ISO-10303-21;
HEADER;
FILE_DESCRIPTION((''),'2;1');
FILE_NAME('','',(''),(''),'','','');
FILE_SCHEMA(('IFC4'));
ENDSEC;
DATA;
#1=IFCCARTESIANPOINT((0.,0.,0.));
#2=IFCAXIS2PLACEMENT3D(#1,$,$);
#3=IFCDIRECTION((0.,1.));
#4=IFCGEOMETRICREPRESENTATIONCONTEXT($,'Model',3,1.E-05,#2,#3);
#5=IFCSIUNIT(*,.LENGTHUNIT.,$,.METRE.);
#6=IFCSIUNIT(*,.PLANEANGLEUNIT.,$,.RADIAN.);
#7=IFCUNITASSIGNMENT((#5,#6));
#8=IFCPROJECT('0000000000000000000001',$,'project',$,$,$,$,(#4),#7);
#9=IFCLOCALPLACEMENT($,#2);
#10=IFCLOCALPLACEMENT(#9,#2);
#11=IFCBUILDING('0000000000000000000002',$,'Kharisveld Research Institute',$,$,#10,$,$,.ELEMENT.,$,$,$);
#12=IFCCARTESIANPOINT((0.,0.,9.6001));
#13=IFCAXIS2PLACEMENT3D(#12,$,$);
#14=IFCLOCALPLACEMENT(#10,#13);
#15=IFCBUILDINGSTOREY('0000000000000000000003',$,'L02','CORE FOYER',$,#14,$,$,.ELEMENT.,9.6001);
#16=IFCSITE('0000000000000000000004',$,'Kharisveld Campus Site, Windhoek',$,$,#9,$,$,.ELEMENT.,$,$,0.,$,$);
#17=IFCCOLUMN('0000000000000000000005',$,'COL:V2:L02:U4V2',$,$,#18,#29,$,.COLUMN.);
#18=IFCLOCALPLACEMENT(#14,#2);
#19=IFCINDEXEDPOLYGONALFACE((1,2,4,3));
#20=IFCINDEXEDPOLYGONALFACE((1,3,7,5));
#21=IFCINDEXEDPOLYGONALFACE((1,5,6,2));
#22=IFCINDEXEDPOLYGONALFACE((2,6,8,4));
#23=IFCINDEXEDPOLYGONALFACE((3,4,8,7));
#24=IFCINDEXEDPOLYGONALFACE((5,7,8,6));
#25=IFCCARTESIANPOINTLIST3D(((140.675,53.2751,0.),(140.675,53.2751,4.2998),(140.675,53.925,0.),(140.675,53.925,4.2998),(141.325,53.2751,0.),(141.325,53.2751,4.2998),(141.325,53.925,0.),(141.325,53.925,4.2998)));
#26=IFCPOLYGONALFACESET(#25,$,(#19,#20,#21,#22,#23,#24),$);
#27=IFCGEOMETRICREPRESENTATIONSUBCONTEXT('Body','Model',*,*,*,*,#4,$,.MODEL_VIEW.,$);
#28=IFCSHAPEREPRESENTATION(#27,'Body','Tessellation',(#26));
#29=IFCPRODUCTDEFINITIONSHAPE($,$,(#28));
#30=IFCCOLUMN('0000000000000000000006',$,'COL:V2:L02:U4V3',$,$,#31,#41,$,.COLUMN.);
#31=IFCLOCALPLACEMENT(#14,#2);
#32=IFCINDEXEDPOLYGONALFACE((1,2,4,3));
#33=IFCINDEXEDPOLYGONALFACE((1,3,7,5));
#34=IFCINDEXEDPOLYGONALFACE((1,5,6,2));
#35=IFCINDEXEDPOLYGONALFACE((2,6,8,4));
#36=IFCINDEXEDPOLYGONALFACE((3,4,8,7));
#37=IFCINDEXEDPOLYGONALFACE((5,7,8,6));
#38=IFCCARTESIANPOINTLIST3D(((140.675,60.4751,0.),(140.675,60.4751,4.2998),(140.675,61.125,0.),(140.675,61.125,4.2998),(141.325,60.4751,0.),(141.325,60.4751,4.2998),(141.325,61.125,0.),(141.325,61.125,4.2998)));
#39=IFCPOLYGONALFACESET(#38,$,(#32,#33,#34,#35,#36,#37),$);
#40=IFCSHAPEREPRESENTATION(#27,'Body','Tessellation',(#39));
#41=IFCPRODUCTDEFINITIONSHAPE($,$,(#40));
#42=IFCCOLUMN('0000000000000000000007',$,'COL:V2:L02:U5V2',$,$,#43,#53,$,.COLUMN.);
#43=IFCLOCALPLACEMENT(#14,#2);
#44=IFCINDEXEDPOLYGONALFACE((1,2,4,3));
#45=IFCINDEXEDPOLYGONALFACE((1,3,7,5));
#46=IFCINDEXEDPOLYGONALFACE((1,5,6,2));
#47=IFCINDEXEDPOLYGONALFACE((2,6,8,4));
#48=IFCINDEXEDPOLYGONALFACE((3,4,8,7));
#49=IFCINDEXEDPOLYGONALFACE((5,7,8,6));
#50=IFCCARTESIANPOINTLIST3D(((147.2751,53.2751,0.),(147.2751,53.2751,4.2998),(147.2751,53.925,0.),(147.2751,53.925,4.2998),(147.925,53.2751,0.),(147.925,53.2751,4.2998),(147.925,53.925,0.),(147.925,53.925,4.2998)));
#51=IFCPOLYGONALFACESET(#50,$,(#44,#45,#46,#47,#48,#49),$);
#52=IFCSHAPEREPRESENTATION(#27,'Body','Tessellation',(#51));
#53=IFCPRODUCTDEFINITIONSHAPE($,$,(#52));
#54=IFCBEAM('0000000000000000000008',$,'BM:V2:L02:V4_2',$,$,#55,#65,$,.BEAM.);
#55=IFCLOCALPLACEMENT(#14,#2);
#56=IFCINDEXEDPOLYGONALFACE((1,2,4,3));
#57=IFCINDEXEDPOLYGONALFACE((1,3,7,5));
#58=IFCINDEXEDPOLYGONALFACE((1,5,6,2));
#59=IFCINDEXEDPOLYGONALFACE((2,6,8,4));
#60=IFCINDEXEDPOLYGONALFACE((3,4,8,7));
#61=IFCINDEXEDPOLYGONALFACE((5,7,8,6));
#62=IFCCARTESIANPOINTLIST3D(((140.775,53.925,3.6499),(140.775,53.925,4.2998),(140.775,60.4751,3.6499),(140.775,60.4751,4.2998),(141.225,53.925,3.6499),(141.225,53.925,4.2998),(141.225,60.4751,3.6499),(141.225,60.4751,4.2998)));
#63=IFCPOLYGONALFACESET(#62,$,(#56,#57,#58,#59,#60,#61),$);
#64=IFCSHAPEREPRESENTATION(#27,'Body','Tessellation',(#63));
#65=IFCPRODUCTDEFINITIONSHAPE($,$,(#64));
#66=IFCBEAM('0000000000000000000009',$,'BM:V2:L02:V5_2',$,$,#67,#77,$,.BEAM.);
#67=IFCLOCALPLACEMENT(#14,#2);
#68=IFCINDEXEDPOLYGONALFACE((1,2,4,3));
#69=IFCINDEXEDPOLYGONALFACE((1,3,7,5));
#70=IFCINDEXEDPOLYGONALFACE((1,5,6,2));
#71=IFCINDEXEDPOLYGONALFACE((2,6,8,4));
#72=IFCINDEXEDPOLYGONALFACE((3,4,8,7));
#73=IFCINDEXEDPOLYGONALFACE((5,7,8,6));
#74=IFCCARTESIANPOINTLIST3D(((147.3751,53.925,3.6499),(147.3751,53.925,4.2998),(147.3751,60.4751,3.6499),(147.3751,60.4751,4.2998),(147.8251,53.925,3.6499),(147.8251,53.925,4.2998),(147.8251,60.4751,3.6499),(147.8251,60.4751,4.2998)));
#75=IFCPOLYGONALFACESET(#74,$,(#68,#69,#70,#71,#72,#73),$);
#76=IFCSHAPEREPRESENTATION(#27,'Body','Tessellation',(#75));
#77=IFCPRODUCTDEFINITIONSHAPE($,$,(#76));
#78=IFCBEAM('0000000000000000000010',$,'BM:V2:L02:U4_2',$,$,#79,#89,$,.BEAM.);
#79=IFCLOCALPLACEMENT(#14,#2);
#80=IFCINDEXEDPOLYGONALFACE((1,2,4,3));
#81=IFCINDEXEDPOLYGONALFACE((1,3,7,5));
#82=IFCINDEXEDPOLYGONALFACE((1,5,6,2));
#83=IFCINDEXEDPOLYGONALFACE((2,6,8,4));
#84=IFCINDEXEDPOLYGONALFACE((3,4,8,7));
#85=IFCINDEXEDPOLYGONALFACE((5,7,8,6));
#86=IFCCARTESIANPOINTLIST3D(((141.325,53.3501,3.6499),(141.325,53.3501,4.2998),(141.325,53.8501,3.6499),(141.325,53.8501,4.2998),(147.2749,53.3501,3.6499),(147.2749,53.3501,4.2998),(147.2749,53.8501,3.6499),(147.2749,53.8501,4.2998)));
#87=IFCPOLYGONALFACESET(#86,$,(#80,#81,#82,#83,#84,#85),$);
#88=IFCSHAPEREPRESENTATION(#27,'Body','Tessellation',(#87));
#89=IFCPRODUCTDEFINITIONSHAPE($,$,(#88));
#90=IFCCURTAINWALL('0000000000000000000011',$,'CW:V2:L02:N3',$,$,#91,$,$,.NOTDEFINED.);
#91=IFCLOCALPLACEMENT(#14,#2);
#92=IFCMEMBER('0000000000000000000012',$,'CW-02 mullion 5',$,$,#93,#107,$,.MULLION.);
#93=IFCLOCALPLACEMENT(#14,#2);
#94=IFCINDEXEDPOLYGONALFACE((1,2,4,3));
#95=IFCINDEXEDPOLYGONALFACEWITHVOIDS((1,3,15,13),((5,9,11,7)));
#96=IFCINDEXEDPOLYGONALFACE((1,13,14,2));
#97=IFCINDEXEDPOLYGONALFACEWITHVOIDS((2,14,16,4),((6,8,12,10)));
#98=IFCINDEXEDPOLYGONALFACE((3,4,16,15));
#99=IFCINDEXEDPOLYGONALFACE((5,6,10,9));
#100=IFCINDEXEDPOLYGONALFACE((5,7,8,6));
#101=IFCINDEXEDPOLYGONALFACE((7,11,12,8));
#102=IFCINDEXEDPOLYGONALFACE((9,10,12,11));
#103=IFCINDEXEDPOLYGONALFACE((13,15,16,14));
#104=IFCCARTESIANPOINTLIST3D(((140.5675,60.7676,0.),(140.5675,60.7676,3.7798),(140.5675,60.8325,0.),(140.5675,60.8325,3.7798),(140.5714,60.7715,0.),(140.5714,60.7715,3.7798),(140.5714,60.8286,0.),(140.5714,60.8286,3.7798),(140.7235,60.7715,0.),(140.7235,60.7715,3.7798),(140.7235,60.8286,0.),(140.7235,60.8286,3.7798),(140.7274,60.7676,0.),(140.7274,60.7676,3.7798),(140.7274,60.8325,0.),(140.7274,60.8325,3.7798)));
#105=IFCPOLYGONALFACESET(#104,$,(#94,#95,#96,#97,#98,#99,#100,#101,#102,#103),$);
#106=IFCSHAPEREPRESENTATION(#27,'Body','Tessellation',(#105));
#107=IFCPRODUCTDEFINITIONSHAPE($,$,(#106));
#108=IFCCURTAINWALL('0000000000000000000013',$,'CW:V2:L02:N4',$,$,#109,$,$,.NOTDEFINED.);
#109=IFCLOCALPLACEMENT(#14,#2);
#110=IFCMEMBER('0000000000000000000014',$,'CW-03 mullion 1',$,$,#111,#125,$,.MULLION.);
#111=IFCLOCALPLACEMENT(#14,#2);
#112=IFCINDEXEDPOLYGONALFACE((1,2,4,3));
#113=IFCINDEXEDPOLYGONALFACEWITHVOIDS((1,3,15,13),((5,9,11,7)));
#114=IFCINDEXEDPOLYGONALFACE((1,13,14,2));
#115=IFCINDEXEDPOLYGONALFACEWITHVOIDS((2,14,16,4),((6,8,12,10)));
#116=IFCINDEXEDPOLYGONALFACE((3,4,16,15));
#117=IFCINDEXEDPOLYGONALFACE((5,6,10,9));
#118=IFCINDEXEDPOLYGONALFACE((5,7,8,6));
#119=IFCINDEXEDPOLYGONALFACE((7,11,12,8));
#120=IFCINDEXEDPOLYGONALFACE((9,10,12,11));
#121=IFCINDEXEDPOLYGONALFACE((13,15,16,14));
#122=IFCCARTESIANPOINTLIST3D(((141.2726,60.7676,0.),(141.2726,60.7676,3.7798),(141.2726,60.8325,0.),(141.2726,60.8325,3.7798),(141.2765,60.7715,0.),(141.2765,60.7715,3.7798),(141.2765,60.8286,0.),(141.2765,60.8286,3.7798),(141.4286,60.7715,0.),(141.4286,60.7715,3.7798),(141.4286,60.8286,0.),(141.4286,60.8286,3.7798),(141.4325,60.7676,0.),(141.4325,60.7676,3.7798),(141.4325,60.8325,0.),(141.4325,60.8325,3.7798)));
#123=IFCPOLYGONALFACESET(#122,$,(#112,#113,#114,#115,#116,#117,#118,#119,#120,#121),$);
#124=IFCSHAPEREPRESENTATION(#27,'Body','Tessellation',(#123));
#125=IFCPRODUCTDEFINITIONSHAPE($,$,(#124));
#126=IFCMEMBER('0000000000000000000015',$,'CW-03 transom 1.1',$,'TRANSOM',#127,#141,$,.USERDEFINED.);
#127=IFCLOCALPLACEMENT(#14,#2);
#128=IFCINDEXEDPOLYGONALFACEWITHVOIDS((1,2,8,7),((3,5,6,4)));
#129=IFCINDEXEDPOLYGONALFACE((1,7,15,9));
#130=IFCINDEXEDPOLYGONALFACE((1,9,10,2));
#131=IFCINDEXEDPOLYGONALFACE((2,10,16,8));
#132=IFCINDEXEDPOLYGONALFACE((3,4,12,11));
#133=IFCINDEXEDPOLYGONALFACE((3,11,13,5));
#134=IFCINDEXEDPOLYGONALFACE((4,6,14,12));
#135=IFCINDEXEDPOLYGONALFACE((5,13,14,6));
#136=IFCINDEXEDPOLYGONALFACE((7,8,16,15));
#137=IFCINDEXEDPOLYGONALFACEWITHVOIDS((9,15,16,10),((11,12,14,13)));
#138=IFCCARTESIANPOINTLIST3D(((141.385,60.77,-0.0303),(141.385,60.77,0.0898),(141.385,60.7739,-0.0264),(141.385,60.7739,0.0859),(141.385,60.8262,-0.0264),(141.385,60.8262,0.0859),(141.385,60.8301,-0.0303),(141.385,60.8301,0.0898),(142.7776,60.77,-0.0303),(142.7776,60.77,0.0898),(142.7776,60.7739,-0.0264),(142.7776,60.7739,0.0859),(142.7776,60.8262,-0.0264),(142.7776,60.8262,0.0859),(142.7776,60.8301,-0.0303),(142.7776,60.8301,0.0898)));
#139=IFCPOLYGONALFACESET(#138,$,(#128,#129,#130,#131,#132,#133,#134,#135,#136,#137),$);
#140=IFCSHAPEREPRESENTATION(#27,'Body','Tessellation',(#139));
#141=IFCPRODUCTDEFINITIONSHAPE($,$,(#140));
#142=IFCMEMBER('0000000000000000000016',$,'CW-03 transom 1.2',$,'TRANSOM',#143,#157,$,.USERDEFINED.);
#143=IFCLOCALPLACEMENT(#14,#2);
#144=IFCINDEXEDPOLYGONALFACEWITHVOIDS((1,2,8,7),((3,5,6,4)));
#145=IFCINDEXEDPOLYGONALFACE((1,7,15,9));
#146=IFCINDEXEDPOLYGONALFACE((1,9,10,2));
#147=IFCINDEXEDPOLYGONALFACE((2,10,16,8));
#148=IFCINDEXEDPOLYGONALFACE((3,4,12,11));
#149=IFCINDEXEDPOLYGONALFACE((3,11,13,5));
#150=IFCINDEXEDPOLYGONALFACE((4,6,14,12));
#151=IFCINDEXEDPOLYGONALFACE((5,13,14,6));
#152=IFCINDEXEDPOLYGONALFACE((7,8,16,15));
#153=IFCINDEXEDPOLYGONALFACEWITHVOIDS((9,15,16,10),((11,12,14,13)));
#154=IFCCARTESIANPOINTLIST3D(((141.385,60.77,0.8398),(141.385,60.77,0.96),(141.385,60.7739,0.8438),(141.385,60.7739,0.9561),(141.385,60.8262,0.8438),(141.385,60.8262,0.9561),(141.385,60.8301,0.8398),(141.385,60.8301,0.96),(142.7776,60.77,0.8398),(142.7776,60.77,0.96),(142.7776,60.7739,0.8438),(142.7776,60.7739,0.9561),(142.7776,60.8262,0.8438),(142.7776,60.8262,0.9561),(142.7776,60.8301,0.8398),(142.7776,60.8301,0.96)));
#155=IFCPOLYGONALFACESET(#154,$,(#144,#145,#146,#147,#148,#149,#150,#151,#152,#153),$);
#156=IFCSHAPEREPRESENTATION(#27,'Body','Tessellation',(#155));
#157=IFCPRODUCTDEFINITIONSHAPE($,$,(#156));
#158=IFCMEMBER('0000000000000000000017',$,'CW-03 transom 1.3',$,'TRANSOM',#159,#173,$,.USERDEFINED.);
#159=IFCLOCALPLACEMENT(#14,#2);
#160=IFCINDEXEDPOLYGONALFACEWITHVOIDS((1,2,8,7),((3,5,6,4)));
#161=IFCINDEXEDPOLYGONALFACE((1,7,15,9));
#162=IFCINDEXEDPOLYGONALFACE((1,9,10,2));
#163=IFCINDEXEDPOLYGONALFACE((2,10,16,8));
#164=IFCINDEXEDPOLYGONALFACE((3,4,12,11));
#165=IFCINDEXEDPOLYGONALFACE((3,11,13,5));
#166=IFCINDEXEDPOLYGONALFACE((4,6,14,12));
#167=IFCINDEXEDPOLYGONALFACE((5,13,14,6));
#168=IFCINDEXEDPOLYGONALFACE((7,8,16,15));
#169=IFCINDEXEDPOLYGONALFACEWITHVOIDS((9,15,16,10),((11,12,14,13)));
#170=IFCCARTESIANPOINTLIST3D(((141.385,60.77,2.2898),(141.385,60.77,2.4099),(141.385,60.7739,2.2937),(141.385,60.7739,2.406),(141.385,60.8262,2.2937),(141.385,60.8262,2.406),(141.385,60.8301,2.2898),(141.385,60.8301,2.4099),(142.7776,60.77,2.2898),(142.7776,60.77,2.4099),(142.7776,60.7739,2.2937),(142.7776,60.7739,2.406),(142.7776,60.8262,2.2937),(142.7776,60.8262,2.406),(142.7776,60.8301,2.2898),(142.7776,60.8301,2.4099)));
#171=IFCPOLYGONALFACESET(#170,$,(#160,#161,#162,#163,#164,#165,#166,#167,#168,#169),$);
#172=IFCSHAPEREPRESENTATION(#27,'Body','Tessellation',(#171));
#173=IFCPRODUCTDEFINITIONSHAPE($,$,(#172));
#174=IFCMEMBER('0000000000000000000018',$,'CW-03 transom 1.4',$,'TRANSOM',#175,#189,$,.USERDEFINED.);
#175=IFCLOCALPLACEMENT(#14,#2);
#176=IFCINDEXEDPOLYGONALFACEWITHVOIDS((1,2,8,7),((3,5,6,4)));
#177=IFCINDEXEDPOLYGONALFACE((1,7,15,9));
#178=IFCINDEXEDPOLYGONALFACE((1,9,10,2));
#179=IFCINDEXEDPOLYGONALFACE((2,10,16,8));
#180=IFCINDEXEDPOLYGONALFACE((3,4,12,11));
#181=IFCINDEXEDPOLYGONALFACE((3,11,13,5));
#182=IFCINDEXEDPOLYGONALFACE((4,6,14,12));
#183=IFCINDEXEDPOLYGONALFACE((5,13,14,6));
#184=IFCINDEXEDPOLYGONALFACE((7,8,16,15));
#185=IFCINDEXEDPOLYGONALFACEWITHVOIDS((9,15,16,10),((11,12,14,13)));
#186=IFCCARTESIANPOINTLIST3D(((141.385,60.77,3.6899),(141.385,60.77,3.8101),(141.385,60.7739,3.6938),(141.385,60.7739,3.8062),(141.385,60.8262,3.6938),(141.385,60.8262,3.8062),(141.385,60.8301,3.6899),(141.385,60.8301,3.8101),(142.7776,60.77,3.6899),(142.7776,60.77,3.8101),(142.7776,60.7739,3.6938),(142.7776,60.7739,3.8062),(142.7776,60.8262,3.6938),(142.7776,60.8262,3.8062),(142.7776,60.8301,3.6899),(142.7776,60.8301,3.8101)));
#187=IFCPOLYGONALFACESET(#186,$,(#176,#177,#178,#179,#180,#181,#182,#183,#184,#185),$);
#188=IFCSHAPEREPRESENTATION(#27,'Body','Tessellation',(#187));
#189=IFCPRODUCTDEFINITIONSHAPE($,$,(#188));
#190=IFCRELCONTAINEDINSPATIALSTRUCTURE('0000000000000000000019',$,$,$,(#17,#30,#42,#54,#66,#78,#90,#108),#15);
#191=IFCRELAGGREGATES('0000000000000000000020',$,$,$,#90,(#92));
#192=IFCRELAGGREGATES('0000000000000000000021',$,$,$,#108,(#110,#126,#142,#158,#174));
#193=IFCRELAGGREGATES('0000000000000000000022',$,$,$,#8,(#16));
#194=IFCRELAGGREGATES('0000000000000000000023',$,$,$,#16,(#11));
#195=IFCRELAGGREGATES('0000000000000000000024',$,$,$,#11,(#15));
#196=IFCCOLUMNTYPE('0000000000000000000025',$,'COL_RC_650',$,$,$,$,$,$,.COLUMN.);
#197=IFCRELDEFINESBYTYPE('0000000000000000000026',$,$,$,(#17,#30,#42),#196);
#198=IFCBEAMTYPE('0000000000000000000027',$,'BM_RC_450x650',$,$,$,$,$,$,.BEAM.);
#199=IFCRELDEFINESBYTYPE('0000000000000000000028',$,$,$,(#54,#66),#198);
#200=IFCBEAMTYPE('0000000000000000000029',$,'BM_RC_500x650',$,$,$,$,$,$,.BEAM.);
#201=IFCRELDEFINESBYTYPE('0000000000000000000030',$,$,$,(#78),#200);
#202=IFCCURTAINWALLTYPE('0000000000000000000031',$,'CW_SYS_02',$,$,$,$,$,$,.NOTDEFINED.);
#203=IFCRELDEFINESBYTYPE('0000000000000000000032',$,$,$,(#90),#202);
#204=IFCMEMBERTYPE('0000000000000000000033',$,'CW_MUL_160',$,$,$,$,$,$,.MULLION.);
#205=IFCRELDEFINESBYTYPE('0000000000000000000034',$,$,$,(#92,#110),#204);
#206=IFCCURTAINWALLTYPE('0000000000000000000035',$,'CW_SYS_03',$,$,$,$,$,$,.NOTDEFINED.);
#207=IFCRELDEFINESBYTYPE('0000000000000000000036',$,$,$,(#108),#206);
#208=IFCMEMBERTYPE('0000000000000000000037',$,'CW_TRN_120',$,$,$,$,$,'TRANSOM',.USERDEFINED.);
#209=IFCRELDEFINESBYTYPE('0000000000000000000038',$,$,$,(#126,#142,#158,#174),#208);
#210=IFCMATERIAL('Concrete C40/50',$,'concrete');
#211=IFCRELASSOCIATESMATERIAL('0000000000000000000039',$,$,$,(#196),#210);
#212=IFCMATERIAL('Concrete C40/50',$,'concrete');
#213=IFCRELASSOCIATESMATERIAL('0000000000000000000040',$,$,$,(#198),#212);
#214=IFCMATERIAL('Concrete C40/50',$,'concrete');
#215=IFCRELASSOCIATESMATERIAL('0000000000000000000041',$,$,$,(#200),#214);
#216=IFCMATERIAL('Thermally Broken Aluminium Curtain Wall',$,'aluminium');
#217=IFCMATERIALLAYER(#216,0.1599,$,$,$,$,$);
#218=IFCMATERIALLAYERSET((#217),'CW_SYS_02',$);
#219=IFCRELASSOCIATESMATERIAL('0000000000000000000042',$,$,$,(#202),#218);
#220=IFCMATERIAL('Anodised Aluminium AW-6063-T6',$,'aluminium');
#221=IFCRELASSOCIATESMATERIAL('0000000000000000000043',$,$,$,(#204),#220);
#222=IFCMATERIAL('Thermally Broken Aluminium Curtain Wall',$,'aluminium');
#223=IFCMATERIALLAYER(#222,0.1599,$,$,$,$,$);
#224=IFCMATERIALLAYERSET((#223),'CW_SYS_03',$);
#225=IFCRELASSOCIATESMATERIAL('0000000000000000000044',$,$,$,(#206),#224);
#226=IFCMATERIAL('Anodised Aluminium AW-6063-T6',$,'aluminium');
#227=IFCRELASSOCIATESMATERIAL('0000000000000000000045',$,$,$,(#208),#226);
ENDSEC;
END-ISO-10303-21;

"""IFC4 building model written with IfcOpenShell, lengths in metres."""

from ifc_helpers import new_model, si_unit, direction, frame, origin, origin_2d, place, context, subcontext, project, spatial, rectangle, hollow_rectangle, extrude, material, layer, layer_set, material_profile, profile_set, type_object, element, aggregate, save


model = new_model("IFC4")

# Units and contexts
model_context = context("Model", 3, precision=1e-05, world=origin(), true_north=direction((0.0, 1.0)))
body_context = subcontext(model_context, "Body", "Model", "MODEL_VIEW")
ifc_project = project(units=[si_unit("LENGTHUNIT", "METRE"), si_unit("PLANEANGLEUNIT", "RADIAN")], contexts=[model_context])

# Site, building, storey
site_placement = place(None, origin())
site = spatial("IfcSite", under=ifc_project, at=site_placement, Name="Kharisveld Campus Site, Windhoek", CompositionType="ELEMENT", RefElevation=0.0)
building_placement = place(site_placement, origin())
building = spatial("IfcBuilding", under=site, at=building_placement, Name="Kharisveld Research Institute", CompositionType="ELEMENT")
storey_placement = place(building_placement, frame((0.0, 0.0, 9.6001)))
storey = spatial("IfcBuildingStorey", under=building, at=storey_placement, Name="L02", Description="CORE FOYER", CompositionType="ELEMENT", Elevation=9.6001)

# Columns
ifc_material_1 = material(Name="Concrete C40/50", Category="concrete")
ifc_material_profile_1 = material_profile(ifc_material_1, rectangle(XDim=0.6499, YDim=0.6499, at=origin_2d()))
ifc_profile_set_1 = profile_set([ifc_material_profile_1], Name="Concrete C40/50")
column_type = type_object("IfcColumnType", Name="COL_RC_650", PredefinedType="COLUMN", material=ifc_profile_set_1)
for number, where, z_axis, x_axis, name in (
    (1, (141.0, 53.6001, 0.0), (0.0, 0.0, 1.0), (1.0, 0.0, 0.0), "COL:V2:L02:U4V2"),
    (2, (141.0, 60.8, 0.0), (0.0, 0.0, 1.0), (1.0, 0.0, 0.0), "COL:V2:L02:U4V3"),
    (3, (147.6001, 53.6001, 0.0), (0.0, 0.0, 1.0), (1.0, 0.0, 0.0), "COL:V2:L02:U5V2"),
):
    element("IfcColumn", number, at=place(storey_placement, frame(where, z_axis=z_axis, x_axis=x_axis)), inside=storey, type_object=column_type, Name=name, PredefinedType="COLUMN", context=body_context, shape_type="SweptSolid", body=[
        extrude(rectangle(XDim=0.6499, YDim=0.6499, at=origin_2d()), origin(), (0.0, 0.0, 1.0), 4.2998),
    ])

# Beams
ifc_material_2 = material(Name="Concrete C40/50", Category="concrete")
ifc_material_profile_2 = material_profile(ifc_material_2, rectangle(XDim=0.45, YDim=0.6499, at=origin_2d()))
ifc_profile_set_2 = profile_set([ifc_material_profile_2], Name="Concrete C40/50")
beam_type_1 = type_object("IfcBeamType", Name="BM_RC_450x650", PredefinedType="BEAM", material=ifc_profile_set_2)
for number, where, z_axis, x_axis, name in (
    (4, (141.0, 53.925, 3.9749), (0.0, 1.0, 0.0), (-1.0, 0.0, 0.0), "BM:V2:L02:V4_2"),
    (5, (147.6001, 53.925, 3.9749), (0.0, 1.0, 0.0), (-1.0, 0.0, 0.0), "BM:V2:L02:V5_2"),
):
    element("IfcBeam", number, at=place(storey_placement, frame(where, z_axis=z_axis, x_axis=x_axis)), inside=storey, type_object=beam_type_1, Name=name, PredefinedType="BEAM", context=body_context, shape_type="SweptSolid", body=[
        extrude(rectangle(XDim=0.45, YDim=0.6499, at=origin_2d()), origin(), (0.0, 0.0, 1.0), 6.55),
    ])
ifc_material_3 = material(Name="Concrete C40/50", Category="concrete")
ifc_material_profile_3 = material_profile(ifc_material_3, rectangle(XDim=0.5, YDim=0.6499, at=origin_2d()))
ifc_profile_set_3 = profile_set([ifc_material_profile_3], Name="Concrete C40/50")
beam_type_2 = type_object("IfcBeamType", Name="BM_RC_500x650", PredefinedType="BEAM", material=ifc_profile_set_3)
beam_1_placement = place(storey_placement, frame((141.325, 53.6001, 3.9749), z_axis=(1.0, 0.0, 0.0), x_axis=(0.0, 1.0, 0.0)))
element("IfcBeam", 6, at=beam_1_placement, inside=storey, type_object=beam_type_2, Name="BM:V2:L02:U4_2", PredefinedType="BEAM", context=body_context, shape_type="SweptSolid", body=[
    extrude(rectangle(XDim=0.5, YDim=0.6499, at=origin_2d()), origin(), (0.0, 0.0, 1.0), 5.95),
])

# Curtain wall, member
ifc_material_4 = material(Name="Thermally Broken Aluminium Curtain Wall", Category="aluminium")
ifc_layer_1 = layer(ifc_material_4, 0.1599)
ifc_layer_set_1 = layer_set([ifc_layer_1], Name="CW_SYS_02")
curtain_wall_type_1 = type_object("IfcCurtainWallType", Name="CW_SYS_02", PredefinedType="NOTDEFINED", material=ifc_layer_set_1)
curtain_wall_1_placement = place(storey_placement, origin())
curtain_wall_1 = element("IfcCurtainWall", 7, at=curtain_wall_1_placement, inside=storey, type_object=curtain_wall_type_1, Name="CW:V2:L02:N3", PredefinedType="NOTDEFINED")
ifc_material_5 = material(Name="Anodised Aluminium AW-6063-T6", Category="aluminium")
ifc_material_profile_4 = material_profile(ifc_material_5, hollow_rectangle(XDim=0.0649, YDim=0.1599, WallThickness=0.0039, at=origin_2d()))
ifc_profile_set_4 = profile_set([ifc_material_profile_4], Name="Anodised Aluminium AW-6063-T6")
member_type_1 = type_object("IfcMemberType", Name="CW_MUL_160", PredefinedType="MULLION", material=ifc_profile_set_4)
member_1_placement = place(storey_placement, frame((140.6475, 60.8, 0.0), z_axis=(0.0, 0.0, 1.0), x_axis=(0.0, 1.0, 0.0)))
member_1 = element("IfcMember", 8, at=member_1_placement, type_object=member_type_1, Name="CW-02 mullion 5", PredefinedType="MULLION", context=body_context, shape_type="SweptSolid", body=[
    extrude(hollow_rectangle(XDim=0.0649, YDim=0.1599, WallThickness=0.0039, at=origin_2d()), origin(), (0.0, 0.0, 1.0), 3.7798),
])

# Curtain wall, members
ifc_material_6 = material(Name="Thermally Broken Aluminium Curtain Wall", Category="aluminium")
ifc_layer_2 = layer(ifc_material_6, 0.1599)
ifc_layer_set_2 = layer_set([ifc_layer_2], Name="CW_SYS_03")
curtain_wall_type_2 = type_object("IfcCurtainWallType", Name="CW_SYS_03", PredefinedType="NOTDEFINED", material=ifc_layer_set_2)
curtain_wall_2_placement = place(storey_placement, origin())
curtain_wall_2 = element("IfcCurtainWall", 9, at=curtain_wall_2_placement, inside=storey, type_object=curtain_wall_type_2, Name="CW:V2:L02:N4", PredefinedType="NOTDEFINED")
member_2_placement = place(storey_placement, frame((141.3525, 60.8, 0.0), z_axis=(0.0, 0.0, 1.0), x_axis=(0.0, 1.0, 0.0)))
member_2 = element("IfcMember", 10, at=member_2_placement, type_object=member_type_1, Name="CW-03 mullion 1", PredefinedType="MULLION", context=body_context, shape_type="SweptSolid", body=[
    extrude(hollow_rectangle(XDim=0.0649, YDim=0.1599, WallThickness=0.0039, at=origin_2d()), origin(), (0.0, 0.0, 1.0), 3.7798),
])
ifc_material_7 = material(Name="Anodised Aluminium AW-6063-T6", Category="aluminium")
ifc_material_profile_5 = material_profile(ifc_material_7, hollow_rectangle(XDim=0.0601, YDim=0.1201, WallThickness=0.0039, at=origin_2d()))
ifc_profile_set_5 = profile_set([ifc_material_profile_5], Name="Anodised Aluminium AW-6063-T6")
member_type_2 = type_object("IfcMemberType", Name="CW_TRN_120", ElementType="TRANSOM", PredefinedType="USERDEFINED", material=ifc_profile_set_5)
member_3_placement = place(storey_placement, frame((141.385, 60.8, 0.0298), z_axis=(1.0, 0.0, 0.0), x_axis=(0.0, 1.0, 0.0)))
member_3 = element("IfcMember", 11, at=member_3_placement, type_object=member_type_2, Name="CW-03 transom 1.1", ObjectType="TRANSOM", PredefinedType="USERDEFINED", context=body_context, shape_type="SweptSolid", body=[
    extrude(hollow_rectangle(XDim=0.0601, YDim=0.1201, WallThickness=0.0039, at=origin_2d()), origin(), (0.0, 0.0, 1.0), 1.3926),
])
member_4_placement = place(storey_placement, frame((141.385, 60.8, 0.8999), z_axis=(1.0, 0.0, 0.0), x_axis=(0.0, 1.0, 0.0)))
member_4 = element("IfcMember", 12, at=member_4_placement, type_object=member_type_2, Name="CW-03 transom 1.2", ObjectType="TRANSOM", PredefinedType="USERDEFINED", context=body_context, shape_type="SweptSolid", body=[
    extrude(hollow_rectangle(XDim=0.0601, YDim=0.1201, WallThickness=0.0039, at=origin_2d()), origin(), (0.0, 0.0, 1.0), 1.3926),
])
member_5_placement = place(storey_placement, frame((141.385, 60.8, 2.3499), z_axis=(1.0, 0.0, 0.0), x_axis=(0.0, 1.0, 0.0)))
member_5 = element("IfcMember", 13, at=member_5_placement, type_object=member_type_2, Name="CW-03 transom 1.3", ObjectType="TRANSOM", PredefinedType="USERDEFINED", context=body_context, shape_type="SweptSolid", body=[
    extrude(hollow_rectangle(XDim=0.0601, YDim=0.1201, WallThickness=0.0039, at=origin_2d()), origin(), (0.0, 0.0, 1.0), 1.3926),
])
member_6_placement = place(storey_placement, frame((141.385, 60.8, 3.75), z_axis=(1.0, 0.0, 0.0), x_axis=(0.0, 1.0, 0.0)))
member_6 = element("IfcMember", 14, at=member_6_placement, type_object=member_type_2, Name="CW-03 transom 1.4", ObjectType="TRANSOM", PredefinedType="USERDEFINED", context=body_context, shape_type="SweptSolid", body=[
    extrude(hollow_rectangle(XDim=0.0601, YDim=0.1201, WallThickness=0.0039, at=origin_2d()), origin(), (0.0, 0.0, 1.0), 1.3926),
])

aggregate(curtain_wall_1, [member_1])
aggregate(curtain_wall_2, [member_2, member_3, member_4, member_5, member_6])

save(model, "model.ifc")
